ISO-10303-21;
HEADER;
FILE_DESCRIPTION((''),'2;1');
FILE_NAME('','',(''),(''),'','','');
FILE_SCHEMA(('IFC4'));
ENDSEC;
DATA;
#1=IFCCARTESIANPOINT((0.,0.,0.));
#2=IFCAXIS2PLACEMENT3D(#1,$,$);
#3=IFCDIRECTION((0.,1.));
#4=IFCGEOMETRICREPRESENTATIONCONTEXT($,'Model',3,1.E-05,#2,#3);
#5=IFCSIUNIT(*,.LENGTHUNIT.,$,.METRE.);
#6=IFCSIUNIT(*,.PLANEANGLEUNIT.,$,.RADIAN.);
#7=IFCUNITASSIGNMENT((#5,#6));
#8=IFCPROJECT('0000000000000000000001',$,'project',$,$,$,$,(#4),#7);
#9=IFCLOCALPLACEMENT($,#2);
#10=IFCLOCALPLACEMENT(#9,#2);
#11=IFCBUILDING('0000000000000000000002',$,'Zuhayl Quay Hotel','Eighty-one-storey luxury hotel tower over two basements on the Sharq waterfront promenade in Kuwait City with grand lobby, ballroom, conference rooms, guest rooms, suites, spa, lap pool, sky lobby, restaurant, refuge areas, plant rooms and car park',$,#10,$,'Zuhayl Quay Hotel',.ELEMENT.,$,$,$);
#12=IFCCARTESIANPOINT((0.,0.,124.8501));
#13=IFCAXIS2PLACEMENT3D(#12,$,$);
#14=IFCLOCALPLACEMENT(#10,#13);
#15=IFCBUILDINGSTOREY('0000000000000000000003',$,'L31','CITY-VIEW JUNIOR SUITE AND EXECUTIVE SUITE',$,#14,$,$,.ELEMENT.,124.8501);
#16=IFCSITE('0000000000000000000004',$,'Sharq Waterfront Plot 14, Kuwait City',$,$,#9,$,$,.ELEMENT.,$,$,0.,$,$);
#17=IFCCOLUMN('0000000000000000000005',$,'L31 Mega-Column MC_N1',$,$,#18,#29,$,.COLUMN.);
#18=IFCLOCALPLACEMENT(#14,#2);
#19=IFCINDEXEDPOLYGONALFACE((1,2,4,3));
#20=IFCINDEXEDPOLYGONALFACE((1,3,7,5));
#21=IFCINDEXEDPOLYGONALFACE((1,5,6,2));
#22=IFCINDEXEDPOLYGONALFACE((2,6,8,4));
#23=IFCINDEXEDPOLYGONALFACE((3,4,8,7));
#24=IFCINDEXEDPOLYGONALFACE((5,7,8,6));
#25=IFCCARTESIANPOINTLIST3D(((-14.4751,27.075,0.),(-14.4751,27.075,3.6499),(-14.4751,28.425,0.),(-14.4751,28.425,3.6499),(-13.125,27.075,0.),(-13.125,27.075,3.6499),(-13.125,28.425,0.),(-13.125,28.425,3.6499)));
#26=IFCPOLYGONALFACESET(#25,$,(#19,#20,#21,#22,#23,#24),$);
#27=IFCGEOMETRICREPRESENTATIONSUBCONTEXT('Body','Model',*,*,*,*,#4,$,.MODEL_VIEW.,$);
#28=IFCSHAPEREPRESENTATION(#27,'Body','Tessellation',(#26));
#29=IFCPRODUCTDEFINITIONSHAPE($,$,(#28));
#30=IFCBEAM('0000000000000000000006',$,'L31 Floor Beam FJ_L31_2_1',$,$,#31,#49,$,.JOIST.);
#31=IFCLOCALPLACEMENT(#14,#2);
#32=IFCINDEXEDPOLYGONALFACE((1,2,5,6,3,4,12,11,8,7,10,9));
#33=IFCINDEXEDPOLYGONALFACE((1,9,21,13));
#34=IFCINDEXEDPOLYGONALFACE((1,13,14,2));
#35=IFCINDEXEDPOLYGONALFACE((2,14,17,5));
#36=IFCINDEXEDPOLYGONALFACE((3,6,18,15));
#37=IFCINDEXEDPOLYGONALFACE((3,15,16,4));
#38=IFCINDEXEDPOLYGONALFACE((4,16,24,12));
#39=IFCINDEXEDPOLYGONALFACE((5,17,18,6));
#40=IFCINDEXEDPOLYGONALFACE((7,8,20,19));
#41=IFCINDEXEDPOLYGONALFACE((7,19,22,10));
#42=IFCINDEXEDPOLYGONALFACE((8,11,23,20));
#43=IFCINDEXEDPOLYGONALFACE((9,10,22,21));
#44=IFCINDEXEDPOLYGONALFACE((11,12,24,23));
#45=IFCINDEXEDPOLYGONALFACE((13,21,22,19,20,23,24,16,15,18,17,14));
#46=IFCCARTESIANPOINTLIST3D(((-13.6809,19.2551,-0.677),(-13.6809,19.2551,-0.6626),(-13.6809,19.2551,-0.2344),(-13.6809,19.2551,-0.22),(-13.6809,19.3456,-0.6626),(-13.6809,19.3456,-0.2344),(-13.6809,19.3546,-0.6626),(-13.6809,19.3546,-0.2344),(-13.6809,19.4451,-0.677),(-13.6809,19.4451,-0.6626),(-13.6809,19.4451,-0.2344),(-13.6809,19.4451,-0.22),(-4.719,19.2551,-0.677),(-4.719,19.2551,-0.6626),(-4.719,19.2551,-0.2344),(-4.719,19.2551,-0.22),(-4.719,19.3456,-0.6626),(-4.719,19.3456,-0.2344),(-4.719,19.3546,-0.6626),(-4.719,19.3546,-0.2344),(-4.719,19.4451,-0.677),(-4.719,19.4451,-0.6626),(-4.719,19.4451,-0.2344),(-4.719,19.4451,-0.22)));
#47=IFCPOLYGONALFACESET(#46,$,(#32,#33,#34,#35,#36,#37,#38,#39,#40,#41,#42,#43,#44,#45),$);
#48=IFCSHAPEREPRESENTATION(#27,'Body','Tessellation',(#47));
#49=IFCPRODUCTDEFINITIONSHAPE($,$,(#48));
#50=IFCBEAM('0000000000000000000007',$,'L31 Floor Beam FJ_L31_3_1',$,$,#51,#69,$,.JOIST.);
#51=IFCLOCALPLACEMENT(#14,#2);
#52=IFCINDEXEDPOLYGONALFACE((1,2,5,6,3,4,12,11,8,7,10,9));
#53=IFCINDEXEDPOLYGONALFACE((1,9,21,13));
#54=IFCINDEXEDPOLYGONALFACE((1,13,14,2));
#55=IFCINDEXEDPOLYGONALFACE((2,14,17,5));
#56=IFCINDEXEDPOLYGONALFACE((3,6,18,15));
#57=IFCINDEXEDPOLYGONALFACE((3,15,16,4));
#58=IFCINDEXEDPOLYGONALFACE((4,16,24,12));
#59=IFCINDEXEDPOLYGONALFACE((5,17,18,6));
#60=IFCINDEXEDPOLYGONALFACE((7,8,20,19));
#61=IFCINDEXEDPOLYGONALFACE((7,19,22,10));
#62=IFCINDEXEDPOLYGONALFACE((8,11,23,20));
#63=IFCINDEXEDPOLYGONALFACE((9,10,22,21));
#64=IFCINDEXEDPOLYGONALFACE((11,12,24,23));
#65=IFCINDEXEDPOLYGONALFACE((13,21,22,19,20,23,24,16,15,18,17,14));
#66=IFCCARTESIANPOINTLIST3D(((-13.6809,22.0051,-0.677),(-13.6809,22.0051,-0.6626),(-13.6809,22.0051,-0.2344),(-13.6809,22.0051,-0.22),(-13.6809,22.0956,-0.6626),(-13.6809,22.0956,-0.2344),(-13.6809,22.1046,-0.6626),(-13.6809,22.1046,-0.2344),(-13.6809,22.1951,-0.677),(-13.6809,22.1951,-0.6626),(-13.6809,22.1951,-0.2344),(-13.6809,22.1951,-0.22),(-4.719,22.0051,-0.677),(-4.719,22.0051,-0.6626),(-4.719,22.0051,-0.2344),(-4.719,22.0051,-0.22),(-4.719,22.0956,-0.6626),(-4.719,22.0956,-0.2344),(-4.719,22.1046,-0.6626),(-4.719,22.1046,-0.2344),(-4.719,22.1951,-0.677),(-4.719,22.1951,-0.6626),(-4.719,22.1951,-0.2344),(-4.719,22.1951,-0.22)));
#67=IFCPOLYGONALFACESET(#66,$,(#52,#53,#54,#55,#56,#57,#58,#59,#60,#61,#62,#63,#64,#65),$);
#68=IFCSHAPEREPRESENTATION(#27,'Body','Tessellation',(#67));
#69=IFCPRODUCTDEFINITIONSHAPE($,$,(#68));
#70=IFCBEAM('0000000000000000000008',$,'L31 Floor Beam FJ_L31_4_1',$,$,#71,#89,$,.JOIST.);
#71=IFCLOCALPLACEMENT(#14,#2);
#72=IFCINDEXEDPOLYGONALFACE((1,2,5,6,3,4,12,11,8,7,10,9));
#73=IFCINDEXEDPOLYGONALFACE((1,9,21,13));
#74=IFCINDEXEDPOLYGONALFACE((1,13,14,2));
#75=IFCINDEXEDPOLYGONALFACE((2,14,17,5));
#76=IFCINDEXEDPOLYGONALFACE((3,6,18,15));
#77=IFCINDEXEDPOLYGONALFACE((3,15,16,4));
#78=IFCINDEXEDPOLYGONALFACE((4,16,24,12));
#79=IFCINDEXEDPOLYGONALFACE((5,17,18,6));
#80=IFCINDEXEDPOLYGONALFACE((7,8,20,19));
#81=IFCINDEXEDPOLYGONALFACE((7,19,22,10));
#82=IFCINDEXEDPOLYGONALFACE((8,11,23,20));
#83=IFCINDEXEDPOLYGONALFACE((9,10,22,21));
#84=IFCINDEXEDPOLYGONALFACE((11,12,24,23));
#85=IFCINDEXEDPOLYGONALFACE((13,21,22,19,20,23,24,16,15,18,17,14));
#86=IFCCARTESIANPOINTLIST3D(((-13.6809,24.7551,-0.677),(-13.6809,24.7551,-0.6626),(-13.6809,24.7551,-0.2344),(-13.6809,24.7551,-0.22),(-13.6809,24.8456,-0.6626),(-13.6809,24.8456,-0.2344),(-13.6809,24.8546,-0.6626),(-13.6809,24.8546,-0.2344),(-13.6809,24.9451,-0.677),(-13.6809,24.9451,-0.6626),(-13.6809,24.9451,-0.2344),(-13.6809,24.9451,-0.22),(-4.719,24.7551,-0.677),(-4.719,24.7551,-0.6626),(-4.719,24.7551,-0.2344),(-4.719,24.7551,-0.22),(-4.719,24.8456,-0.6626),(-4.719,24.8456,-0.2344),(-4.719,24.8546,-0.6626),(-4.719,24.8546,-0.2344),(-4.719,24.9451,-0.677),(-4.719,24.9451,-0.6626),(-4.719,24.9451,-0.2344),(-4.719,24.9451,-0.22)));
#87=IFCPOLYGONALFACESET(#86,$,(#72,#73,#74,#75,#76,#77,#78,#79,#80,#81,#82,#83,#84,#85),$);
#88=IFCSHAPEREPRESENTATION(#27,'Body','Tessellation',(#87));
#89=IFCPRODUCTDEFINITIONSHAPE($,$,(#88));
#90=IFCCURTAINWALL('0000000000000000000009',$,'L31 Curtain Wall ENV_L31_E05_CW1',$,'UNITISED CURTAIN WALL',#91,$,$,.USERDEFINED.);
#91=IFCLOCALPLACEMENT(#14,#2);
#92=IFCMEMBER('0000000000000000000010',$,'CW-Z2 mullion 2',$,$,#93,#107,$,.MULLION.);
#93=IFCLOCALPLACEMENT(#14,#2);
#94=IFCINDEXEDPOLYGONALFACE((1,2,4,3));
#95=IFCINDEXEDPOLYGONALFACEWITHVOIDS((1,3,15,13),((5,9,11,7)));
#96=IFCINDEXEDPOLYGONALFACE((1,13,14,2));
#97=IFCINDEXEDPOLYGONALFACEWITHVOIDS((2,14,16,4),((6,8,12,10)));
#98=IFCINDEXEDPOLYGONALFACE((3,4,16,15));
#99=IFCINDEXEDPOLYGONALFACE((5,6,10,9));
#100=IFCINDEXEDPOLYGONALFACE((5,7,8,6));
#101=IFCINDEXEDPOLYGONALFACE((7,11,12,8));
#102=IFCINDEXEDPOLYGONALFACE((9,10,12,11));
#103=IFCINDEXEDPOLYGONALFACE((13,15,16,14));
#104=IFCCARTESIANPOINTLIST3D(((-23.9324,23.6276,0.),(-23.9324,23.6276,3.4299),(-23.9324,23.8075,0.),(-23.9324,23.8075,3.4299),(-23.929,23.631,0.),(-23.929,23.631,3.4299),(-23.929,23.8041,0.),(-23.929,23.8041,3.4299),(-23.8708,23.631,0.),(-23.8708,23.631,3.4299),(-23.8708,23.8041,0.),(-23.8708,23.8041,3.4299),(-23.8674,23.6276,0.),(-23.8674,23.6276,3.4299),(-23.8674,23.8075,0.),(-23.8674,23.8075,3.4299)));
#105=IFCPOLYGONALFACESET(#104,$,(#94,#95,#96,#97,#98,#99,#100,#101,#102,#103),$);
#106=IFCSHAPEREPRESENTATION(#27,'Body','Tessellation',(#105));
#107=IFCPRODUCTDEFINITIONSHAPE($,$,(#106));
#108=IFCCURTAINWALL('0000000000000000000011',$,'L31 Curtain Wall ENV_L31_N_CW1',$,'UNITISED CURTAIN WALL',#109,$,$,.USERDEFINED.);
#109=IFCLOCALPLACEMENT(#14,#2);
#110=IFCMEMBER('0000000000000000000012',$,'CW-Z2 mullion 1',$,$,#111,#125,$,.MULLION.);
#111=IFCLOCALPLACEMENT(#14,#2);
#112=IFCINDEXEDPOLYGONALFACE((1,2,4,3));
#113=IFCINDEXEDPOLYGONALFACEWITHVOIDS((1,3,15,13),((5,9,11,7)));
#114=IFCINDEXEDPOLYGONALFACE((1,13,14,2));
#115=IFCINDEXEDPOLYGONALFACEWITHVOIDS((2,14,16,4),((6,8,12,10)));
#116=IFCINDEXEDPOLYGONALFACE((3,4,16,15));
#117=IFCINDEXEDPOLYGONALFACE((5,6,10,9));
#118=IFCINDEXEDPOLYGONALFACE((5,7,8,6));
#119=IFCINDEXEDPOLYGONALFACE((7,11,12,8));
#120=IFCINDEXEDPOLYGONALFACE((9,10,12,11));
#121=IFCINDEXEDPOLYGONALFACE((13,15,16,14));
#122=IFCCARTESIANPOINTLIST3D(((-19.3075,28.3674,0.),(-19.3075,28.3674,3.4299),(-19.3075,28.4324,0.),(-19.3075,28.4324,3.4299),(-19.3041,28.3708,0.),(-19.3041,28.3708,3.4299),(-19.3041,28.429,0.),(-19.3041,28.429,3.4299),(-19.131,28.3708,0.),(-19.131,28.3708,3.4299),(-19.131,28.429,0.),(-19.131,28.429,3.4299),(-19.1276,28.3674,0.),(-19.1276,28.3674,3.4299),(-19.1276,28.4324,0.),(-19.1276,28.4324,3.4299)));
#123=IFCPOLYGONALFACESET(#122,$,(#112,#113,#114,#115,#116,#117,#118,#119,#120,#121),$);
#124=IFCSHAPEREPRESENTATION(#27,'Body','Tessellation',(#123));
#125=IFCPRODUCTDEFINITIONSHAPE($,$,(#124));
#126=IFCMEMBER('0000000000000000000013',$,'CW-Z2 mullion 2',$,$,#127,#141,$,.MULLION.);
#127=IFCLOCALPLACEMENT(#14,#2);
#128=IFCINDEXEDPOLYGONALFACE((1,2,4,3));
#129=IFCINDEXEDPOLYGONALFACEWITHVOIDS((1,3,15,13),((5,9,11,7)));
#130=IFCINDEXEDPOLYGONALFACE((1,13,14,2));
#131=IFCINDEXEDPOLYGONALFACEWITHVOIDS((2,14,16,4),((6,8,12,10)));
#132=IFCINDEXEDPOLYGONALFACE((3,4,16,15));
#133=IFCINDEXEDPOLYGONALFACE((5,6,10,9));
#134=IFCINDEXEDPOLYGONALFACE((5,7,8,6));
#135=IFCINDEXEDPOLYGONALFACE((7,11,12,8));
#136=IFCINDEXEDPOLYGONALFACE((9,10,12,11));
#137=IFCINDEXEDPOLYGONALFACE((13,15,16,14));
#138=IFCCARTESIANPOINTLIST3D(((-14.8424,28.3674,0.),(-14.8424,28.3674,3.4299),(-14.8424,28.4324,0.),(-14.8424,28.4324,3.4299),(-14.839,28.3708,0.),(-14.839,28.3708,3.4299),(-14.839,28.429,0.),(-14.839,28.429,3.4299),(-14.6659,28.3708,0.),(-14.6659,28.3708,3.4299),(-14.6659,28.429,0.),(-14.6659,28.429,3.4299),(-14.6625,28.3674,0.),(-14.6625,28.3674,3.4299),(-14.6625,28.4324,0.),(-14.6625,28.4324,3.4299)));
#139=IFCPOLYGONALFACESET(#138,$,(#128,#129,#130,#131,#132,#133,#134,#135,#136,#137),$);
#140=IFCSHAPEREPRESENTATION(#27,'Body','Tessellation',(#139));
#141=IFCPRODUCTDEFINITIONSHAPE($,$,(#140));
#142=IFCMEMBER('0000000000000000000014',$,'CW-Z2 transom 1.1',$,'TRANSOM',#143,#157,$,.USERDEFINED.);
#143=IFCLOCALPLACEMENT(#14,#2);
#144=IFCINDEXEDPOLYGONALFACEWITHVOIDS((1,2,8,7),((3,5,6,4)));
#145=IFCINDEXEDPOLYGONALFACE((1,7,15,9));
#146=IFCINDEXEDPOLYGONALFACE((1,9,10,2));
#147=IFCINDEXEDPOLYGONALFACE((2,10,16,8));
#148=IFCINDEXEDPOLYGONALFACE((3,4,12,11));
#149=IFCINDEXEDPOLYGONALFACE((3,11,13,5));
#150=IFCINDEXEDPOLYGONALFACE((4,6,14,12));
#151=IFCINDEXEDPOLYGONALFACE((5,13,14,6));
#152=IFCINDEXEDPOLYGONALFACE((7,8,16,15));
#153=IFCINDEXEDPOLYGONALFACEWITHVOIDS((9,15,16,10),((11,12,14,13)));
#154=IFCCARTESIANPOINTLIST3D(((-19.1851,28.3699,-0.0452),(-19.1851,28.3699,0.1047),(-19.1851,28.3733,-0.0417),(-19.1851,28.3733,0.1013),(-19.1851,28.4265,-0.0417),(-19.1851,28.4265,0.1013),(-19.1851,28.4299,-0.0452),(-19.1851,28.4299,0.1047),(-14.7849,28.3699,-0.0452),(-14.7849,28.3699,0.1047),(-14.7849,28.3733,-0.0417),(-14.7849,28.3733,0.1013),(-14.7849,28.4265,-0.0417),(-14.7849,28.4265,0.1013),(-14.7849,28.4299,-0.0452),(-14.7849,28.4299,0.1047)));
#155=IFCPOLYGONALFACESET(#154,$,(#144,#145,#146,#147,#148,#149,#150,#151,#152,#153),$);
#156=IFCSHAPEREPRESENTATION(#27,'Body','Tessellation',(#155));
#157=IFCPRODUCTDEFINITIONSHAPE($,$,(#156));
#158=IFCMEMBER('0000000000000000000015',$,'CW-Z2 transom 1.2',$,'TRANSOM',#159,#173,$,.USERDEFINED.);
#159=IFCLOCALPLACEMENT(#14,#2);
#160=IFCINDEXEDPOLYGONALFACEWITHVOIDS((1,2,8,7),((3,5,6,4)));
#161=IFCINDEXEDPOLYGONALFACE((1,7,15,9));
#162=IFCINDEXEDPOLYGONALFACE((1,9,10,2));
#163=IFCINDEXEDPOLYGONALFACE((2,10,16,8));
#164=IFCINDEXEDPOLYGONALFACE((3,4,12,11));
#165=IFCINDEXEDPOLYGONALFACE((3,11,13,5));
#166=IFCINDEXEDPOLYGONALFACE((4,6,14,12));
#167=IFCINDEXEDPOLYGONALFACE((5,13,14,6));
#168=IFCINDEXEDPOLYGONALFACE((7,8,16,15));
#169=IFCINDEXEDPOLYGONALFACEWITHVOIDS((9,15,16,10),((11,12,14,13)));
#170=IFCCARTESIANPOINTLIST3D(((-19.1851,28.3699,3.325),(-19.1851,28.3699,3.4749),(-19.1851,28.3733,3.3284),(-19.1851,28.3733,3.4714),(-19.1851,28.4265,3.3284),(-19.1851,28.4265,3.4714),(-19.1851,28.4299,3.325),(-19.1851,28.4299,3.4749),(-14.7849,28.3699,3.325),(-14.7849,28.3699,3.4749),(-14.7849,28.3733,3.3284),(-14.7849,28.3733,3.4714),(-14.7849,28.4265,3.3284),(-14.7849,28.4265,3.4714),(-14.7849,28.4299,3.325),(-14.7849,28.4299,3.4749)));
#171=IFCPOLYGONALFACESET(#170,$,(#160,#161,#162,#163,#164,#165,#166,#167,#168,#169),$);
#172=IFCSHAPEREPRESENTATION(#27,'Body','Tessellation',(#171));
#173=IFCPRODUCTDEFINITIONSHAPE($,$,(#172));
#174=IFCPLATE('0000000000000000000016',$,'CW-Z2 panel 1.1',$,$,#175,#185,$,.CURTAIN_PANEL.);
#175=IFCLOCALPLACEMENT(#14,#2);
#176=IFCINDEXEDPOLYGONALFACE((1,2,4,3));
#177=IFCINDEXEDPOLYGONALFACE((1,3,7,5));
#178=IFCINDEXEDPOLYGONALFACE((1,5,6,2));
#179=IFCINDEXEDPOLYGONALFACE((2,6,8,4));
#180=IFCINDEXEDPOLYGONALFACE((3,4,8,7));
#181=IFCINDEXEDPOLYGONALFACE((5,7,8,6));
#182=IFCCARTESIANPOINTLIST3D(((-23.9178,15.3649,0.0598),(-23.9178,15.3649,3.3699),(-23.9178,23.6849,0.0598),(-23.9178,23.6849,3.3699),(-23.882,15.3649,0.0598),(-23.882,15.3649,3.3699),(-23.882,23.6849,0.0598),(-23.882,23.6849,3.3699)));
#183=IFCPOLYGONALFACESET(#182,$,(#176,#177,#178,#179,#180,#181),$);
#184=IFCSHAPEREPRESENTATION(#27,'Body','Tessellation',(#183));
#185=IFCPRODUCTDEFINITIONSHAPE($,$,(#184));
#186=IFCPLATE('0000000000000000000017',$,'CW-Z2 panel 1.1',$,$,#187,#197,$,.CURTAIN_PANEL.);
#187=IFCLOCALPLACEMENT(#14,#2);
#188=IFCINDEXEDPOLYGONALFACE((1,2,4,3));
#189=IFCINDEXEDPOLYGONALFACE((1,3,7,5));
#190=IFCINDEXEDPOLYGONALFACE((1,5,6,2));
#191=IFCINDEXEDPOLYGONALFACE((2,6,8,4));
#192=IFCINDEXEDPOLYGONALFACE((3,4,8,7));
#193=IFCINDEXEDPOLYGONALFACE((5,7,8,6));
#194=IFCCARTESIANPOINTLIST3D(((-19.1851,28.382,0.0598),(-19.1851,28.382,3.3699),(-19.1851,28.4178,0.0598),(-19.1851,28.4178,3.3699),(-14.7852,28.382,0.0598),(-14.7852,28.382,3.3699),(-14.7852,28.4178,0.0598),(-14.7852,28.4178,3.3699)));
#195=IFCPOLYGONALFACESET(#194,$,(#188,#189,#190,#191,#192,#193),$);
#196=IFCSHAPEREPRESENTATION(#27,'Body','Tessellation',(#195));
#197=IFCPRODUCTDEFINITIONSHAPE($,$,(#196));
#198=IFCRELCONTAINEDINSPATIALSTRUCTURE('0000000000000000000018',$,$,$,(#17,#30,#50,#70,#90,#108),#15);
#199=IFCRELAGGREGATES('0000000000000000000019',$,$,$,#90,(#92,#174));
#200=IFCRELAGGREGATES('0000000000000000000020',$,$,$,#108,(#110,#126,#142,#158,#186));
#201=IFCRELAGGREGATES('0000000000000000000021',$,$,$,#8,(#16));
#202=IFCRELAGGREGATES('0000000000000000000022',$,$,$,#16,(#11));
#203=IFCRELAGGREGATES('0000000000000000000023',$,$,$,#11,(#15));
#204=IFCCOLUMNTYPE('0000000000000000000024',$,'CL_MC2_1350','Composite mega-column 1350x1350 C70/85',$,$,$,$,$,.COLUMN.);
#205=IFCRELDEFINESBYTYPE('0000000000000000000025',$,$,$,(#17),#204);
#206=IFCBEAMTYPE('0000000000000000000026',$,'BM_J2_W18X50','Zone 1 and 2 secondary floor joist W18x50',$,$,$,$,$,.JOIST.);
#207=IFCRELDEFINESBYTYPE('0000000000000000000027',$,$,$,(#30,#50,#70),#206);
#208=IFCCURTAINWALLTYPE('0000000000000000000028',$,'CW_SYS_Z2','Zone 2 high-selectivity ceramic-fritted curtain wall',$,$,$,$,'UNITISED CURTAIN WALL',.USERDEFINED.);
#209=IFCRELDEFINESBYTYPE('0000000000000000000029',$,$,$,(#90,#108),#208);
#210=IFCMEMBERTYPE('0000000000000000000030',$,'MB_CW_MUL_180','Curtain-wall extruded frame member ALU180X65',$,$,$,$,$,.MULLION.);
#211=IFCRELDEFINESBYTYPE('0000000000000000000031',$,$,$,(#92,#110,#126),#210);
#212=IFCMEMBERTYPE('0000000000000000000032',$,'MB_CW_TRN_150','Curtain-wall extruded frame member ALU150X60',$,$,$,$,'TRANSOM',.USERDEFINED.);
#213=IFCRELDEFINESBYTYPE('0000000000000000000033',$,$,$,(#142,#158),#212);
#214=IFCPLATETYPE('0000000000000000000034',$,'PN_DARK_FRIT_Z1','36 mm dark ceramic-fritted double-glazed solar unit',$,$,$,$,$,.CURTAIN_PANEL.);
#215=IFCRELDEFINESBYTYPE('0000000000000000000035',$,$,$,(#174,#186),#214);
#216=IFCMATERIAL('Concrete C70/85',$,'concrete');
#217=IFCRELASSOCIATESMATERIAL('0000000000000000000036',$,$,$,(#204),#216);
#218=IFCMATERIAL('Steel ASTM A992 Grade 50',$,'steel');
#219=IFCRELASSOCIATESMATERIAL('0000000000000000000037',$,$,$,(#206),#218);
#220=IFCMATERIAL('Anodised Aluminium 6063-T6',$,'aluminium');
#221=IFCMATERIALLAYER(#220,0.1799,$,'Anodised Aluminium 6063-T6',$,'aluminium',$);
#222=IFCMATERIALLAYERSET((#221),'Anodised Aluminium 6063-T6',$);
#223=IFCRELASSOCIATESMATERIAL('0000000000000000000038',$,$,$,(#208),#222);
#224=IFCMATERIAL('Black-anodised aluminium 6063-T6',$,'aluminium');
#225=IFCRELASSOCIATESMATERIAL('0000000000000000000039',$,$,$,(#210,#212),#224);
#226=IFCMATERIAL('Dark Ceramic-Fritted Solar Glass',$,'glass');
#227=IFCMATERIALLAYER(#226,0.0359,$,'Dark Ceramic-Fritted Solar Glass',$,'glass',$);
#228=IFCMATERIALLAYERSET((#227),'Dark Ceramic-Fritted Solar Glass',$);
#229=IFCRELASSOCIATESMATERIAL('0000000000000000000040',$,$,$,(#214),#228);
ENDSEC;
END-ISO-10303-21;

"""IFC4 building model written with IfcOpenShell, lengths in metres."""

from ifc_helpers import new_model, si_unit, direction, frame, origin, origin_2d, place, context, subcontext, project, spatial, rectangle, hollow_rectangle, i_section, extrude, material, layer, layer_set, material_profile, profile_set, type_object, element, aggregate, save


model = new_model("IFC4")

# Units and contexts
model_context = context("Model", 3, precision=1e-05, world=origin(), true_north=direction((0.0, 1.0)))
body_context = subcontext(model_context, "Body", "Model", "MODEL_VIEW")
ifc_project = project(units=[si_unit("LENGTHUNIT", "METRE"), si_unit("PLANEANGLEUNIT", "RADIAN")], contexts=[model_context])

# Site, building, storey
site_placement = place(None, origin())
site = spatial("IfcSite", under=ifc_project, at=site_placement, Name="Sharq Waterfront Plot 14, Kuwait City", CompositionType="ELEMENT", RefElevation=0.0)
building_placement = place(site_placement, origin())
building = spatial("IfcBuilding", under=site, at=building_placement, Name="Zuhayl Quay Hotel", Description="Eighty-one-storey luxury hotel tower over two basements on the Sharq waterfront promenade in Kuwait City with grand lobby, ballroom, conference rooms, guest rooms, suites, spa, lap pool, sky lobby, restaurant, refuge areas, plant rooms and car park", LongName="Zuhayl Quay Hotel", CompositionType="ELEMENT")
storey_placement = place(building_placement, frame((0.0, 0.0, 124.8501)))
storey = spatial("IfcBuildingStorey", under=building, at=storey_placement, Name="L31", Description="CITY-VIEW JUNIOR SUITE AND EXECUTIVE SUITE", CompositionType="ELEMENT", Elevation=124.8501)

# Column
ifc_material_1 = material(Name="Concrete C70/85", Category="concrete")
ifc_material_profile_1 = material_profile(ifc_material_1, rectangle(XDim=1.3501, YDim=1.3501, at=origin_2d()), Name="RC1350X1350")
ifc_profile_set_1 = profile_set([ifc_material_profile_1], Name="Concrete C70/85")
column_type = type_object("IfcColumnType", Name="CL_MC2_1350", Description="Composite mega-column 1350x1350 C70/85", PredefinedType="COLUMN", material=ifc_profile_set_1)
column_placement = place(storey_placement, frame((-13.8, 27.75, 0.0), z_axis=(0.0, 0.0, 1.0), x_axis=(1.0, 0.0, 0.0)))
element("IfcColumn", 1, at=column_placement, inside=storey, type_object=column_type, Name="L31 Mega-Column MC_N1", PredefinedType="COLUMN", context=body_context, shape_type="SweptSolid", body=[
    extrude(rectangle(XDim=1.3501, YDim=1.3501, at=origin_2d()), origin(), (0.0, 0.0, 1.0), 3.6499),
])

# Beams
ifc_material_2 = material(Name="Steel ASTM A992 Grade 50", Category="steel")
ifc_material_profile_2 = material_profile(ifc_material_2, i_section(OverallWidth=0.1899, OverallDepth=0.457, WebThickness=0.009, FlangeThickness=0.0144, at=origin_2d()), Name="W18X50")
ifc_profile_set_2 = profile_set([ifc_material_profile_2], Name="Steel ASTM A992 Grade 50")
beam_type = type_object("IfcBeamType", Name="BM_J2_W18X50", Description="Zone 1 and 2 secondary floor joist W18x50", PredefinedType="JOIST", material=ifc_profile_set_2)
for number, where, z_axis, x_axis, name in (
    (2, (-13.6809, 19.3501, -0.4485), (1.0, 0.0, 0.0), (0.0, 1.0, 0.0), "L31 Floor Beam FJ_L31_2_1"),
    (3, (-13.6809, 22.1001, -0.4485), (1.0, 0.0, 0.0), (0.0, 1.0, 0.0), "L31 Floor Beam FJ_L31_3_1"),
    (4, (-13.6809, 24.8501, -0.4485), (1.0, 0.0, 0.0), (0.0, 1.0, 0.0), "L31 Floor Beam FJ_L31_4_1"),
):
    element("IfcBeam", number, at=place(storey_placement, frame(where, z_axis=z_axis, x_axis=x_axis)), inside=storey, type_object=beam_type, Name=name, PredefinedType="JOIST", context=body_context, shape_type="SweptSolid", body=[
        extrude(i_section(OverallWidth=0.1899, OverallDepth=0.457, WebThickness=0.009, FlangeThickness=0.0144, at=origin_2d()), origin(), (0.0, 0.0, 1.0), 8.9619),
    ])

# Curtain wall, member
ifc_material_3 = material(Name="Anodised Aluminium 6063-T6", Category="aluminium")
ifc_layer_1 = layer(ifc_material_3, 0.1799, Name="Anodised Aluminium 6063-T6", Category="aluminium")
ifc_layer_set_1 = layer_set([ifc_layer_1], Name="Anodised Aluminium 6063-T6")
curtain_wall_type = type_object("IfcCurtainWallType", Name="CW_SYS_Z2", Description="Zone 2 high-selectivity ceramic-fritted curtain wall", ElementType="UNITISED CURTAIN WALL", PredefinedType="USERDEFINED", material=ifc_layer_set_1)
curtain_wall_1_placement = place(storey_placement, origin())
curtain_wall_1 = element("IfcCurtainWall", 5, at=curtain_wall_1_placement, inside=storey, type_object=curtain_wall_type, Name="L31 Curtain Wall ENV_L31_E05_CW1", ObjectType="UNITISED CURTAIN WALL", PredefinedType="USERDEFINED")
ifc_material_4 = material(Name="Black-anodised aluminium 6063-T6", Category="aluminium")
ifc_material_profile_3 = material_profile(ifc_material_4, hollow_rectangle(XDim=0.0649, YDim=0.1799, WallThickness=0.0034, at=origin_2d()), Name="ALU180X65")
ifc_profile_set_3 = profile_set([ifc_material_profile_3], Name="Black-anodised aluminium 6063-T6")
member_type_1 = type_object("IfcMemberType", Name="MB_CW_MUL_180", Description="Curtain-wall extruded frame member ALU180X65", PredefinedType="MULLION", material=ifc_profile_set_3)
member_1_placement = place(storey_placement, frame((-23.8999, 23.7175, 0.0), z_axis=(0.0, 0.0, 1.0), x_axis=(-1.0, 0.0, 0.0)))
member_1 = element("IfcMember", 6, at=member_1_placement, type_object=member_type_1, Name="CW-Z2 mullion 2", PredefinedType="MULLION", context=body_context, shape_type="SweptSolid", body=[
    extrude(hollow_rectangle(XDim=0.0649, YDim=0.1799, WallThickness=0.0034, at=origin_2d()), origin(), (0.0, 0.0, 1.0), 3.4299),
])

# Curtain wall, members
curtain_wall_2_placement = place(storey_placement, origin())
curtain_wall_2 = element("IfcCurtainWall", 7, at=curtain_wall_2_placement, inside=storey, type_object=curtain_wall_type, Name="L31 Curtain Wall ENV_L31_N_CW1", ObjectType="UNITISED CURTAIN WALL", PredefinedType="USERDEFINED")
member_2_placement = place(storey_placement, frame((-19.2175, 28.3999, 0.0), z_axis=(0.0, 0.0, 1.0), x_axis=(0.0, 1.0, 0.0)))
member_2 = element("IfcMember", 8, at=member_2_placement, type_object=member_type_1, Name="CW-Z2 mullion 1", PredefinedType="MULLION", context=body_context, shape_type="SweptSolid", body=[
    extrude(hollow_rectangle(XDim=0.0649, YDim=0.1799, WallThickness=0.0034, at=origin_2d()), origin(), (0.0, 0.0, 1.0), 3.4299),
])
member_3_placement = place(storey_placement, frame((-14.7524, 28.3999, 0.0), z_axis=(0.0, 0.0, 1.0), x_axis=(0.0, 1.0, 0.0)))
member_3 = element("IfcMember", 9, at=member_3_placement, type_object=member_type_1, Name="CW-Z2 mullion 2", PredefinedType="MULLION", context=body_context, shape_type="SweptSolid", body=[
    extrude(hollow_rectangle(XDim=0.0649, YDim=0.1799, WallThickness=0.0034, at=origin_2d()), origin(), (0.0, 0.0, 1.0), 3.4299),
])
ifc_material_profile_4 = material_profile(ifc_material_4, hollow_rectangle(XDim=0.0601, YDim=0.1499, WallThickness=0.0034, at=origin_2d()), Name="ALU150X60")
ifc_profile_set_4 = profile_set([ifc_material_profile_4], Name="Black-anodised aluminium 6063-T6")
member_type_2 = type_object("IfcMemberType", Name="MB_CW_TRN_150", Description="Curtain-wall extruded frame member ALU150X60", ElementType="TRANSOM", PredefinedType="USERDEFINED", material=ifc_profile_set_4)
member_4_placement = place(storey_placement, frame((-19.1851, 28.3999, 0.0298), z_axis=(1.0, 0.0, 0.0), x_axis=(0.0, 1.0, 0.0)))
member_4 = element("IfcMember", 10, at=member_4_placement, type_object=member_type_2, Name="CW-Z2 transom 1.1", ObjectType="TRANSOM", PredefinedType="USERDEFINED", context=body_context, shape_type="SweptSolid", body=[
    extrude(hollow_rectangle(XDim=0.0601, YDim=0.1499, WallThickness=0.0034, at=origin_2d()), origin(), (0.0, 0.0, 1.0), 4.4001),
])
member_5_placement = place(storey_placement, frame((-19.1851, 28.3999, 3.3999), z_axis=(1.0, 0.0, 0.0), x_axis=(0.0, 1.0, 0.0)))
member_5 = element("IfcMember", 11, at=member_5_placement, type_object=member_type_2, Name="CW-Z2 transom 1.2", ObjectType="TRANSOM", PredefinedType="USERDEFINED", context=body_context, shape_type="SweptSolid", body=[
    extrude(hollow_rectangle(XDim=0.0601, YDim=0.1499, WallThickness=0.0034, at=origin_2d()), origin(), (0.0, 0.0, 1.0), 4.4001),
])

# Plates
ifc_material_5 = material(Name="Dark Ceramic-Fritted Solar Glass", Category="glass")
ifc_layer_2 = layer(ifc_material_5, 0.0359, Name="Dark Ceramic-Fritted Solar Glass", Category="glass")
ifc_layer_set_2 = layer_set([ifc_layer_2], Name="Dark Ceramic-Fritted Solar Glass")
plate_type = type_object("IfcPlateType", Name="PN_DARK_FRIT_Z1", Description="36 mm dark ceramic-fritted double-glazed solar unit", PredefinedType="CURTAIN_PANEL", material=ifc_layer_set_2)
plate_1_placement = place(storey_placement, frame((-23.8999, 19.5249, 0.0598), z_axis=(0.0, 0.0, 1.0), x_axis=(0.0, 1.0, 0.0)))
plate_1 = element("IfcPlate", 12, at=plate_1_placement, type_object=plate_type, Name="CW-Z2 panel 1.1", PredefinedType="CURTAIN_PANEL", context=body_context, shape_type="SweptSolid", body=[
    extrude(rectangle(XDim=8.3201, YDim=0.0359, at=origin_2d()), origin(), (0.0, 0.0, 1.0), 3.3101),
])
aggregate(curtain_wall_1, [member_1, plate_1])
plate_2_placement = place(storey_placement, frame((-16.9851, 28.3999, 0.0598), z_axis=(0.0, 0.0, 1.0), x_axis=(1.0, 0.0, 0.0)))
plate_2 = element("IfcPlate", 13, at=plate_2_placement, type_object=plate_type, Name="CW-Z2 panel 1.1", PredefinedType="CURTAIN_PANEL", context=body_context, shape_type="SweptSolid", body=[
    extrude(rectangle(XDim=4.3999, YDim=0.0359, at=origin_2d()), origin(), (0.0, 0.0, 1.0), 3.3101),
])
aggregate(curtain_wall_2, [member_2, member_3, member_4, member_5, plate_2])

save(model, "model.ifc")
